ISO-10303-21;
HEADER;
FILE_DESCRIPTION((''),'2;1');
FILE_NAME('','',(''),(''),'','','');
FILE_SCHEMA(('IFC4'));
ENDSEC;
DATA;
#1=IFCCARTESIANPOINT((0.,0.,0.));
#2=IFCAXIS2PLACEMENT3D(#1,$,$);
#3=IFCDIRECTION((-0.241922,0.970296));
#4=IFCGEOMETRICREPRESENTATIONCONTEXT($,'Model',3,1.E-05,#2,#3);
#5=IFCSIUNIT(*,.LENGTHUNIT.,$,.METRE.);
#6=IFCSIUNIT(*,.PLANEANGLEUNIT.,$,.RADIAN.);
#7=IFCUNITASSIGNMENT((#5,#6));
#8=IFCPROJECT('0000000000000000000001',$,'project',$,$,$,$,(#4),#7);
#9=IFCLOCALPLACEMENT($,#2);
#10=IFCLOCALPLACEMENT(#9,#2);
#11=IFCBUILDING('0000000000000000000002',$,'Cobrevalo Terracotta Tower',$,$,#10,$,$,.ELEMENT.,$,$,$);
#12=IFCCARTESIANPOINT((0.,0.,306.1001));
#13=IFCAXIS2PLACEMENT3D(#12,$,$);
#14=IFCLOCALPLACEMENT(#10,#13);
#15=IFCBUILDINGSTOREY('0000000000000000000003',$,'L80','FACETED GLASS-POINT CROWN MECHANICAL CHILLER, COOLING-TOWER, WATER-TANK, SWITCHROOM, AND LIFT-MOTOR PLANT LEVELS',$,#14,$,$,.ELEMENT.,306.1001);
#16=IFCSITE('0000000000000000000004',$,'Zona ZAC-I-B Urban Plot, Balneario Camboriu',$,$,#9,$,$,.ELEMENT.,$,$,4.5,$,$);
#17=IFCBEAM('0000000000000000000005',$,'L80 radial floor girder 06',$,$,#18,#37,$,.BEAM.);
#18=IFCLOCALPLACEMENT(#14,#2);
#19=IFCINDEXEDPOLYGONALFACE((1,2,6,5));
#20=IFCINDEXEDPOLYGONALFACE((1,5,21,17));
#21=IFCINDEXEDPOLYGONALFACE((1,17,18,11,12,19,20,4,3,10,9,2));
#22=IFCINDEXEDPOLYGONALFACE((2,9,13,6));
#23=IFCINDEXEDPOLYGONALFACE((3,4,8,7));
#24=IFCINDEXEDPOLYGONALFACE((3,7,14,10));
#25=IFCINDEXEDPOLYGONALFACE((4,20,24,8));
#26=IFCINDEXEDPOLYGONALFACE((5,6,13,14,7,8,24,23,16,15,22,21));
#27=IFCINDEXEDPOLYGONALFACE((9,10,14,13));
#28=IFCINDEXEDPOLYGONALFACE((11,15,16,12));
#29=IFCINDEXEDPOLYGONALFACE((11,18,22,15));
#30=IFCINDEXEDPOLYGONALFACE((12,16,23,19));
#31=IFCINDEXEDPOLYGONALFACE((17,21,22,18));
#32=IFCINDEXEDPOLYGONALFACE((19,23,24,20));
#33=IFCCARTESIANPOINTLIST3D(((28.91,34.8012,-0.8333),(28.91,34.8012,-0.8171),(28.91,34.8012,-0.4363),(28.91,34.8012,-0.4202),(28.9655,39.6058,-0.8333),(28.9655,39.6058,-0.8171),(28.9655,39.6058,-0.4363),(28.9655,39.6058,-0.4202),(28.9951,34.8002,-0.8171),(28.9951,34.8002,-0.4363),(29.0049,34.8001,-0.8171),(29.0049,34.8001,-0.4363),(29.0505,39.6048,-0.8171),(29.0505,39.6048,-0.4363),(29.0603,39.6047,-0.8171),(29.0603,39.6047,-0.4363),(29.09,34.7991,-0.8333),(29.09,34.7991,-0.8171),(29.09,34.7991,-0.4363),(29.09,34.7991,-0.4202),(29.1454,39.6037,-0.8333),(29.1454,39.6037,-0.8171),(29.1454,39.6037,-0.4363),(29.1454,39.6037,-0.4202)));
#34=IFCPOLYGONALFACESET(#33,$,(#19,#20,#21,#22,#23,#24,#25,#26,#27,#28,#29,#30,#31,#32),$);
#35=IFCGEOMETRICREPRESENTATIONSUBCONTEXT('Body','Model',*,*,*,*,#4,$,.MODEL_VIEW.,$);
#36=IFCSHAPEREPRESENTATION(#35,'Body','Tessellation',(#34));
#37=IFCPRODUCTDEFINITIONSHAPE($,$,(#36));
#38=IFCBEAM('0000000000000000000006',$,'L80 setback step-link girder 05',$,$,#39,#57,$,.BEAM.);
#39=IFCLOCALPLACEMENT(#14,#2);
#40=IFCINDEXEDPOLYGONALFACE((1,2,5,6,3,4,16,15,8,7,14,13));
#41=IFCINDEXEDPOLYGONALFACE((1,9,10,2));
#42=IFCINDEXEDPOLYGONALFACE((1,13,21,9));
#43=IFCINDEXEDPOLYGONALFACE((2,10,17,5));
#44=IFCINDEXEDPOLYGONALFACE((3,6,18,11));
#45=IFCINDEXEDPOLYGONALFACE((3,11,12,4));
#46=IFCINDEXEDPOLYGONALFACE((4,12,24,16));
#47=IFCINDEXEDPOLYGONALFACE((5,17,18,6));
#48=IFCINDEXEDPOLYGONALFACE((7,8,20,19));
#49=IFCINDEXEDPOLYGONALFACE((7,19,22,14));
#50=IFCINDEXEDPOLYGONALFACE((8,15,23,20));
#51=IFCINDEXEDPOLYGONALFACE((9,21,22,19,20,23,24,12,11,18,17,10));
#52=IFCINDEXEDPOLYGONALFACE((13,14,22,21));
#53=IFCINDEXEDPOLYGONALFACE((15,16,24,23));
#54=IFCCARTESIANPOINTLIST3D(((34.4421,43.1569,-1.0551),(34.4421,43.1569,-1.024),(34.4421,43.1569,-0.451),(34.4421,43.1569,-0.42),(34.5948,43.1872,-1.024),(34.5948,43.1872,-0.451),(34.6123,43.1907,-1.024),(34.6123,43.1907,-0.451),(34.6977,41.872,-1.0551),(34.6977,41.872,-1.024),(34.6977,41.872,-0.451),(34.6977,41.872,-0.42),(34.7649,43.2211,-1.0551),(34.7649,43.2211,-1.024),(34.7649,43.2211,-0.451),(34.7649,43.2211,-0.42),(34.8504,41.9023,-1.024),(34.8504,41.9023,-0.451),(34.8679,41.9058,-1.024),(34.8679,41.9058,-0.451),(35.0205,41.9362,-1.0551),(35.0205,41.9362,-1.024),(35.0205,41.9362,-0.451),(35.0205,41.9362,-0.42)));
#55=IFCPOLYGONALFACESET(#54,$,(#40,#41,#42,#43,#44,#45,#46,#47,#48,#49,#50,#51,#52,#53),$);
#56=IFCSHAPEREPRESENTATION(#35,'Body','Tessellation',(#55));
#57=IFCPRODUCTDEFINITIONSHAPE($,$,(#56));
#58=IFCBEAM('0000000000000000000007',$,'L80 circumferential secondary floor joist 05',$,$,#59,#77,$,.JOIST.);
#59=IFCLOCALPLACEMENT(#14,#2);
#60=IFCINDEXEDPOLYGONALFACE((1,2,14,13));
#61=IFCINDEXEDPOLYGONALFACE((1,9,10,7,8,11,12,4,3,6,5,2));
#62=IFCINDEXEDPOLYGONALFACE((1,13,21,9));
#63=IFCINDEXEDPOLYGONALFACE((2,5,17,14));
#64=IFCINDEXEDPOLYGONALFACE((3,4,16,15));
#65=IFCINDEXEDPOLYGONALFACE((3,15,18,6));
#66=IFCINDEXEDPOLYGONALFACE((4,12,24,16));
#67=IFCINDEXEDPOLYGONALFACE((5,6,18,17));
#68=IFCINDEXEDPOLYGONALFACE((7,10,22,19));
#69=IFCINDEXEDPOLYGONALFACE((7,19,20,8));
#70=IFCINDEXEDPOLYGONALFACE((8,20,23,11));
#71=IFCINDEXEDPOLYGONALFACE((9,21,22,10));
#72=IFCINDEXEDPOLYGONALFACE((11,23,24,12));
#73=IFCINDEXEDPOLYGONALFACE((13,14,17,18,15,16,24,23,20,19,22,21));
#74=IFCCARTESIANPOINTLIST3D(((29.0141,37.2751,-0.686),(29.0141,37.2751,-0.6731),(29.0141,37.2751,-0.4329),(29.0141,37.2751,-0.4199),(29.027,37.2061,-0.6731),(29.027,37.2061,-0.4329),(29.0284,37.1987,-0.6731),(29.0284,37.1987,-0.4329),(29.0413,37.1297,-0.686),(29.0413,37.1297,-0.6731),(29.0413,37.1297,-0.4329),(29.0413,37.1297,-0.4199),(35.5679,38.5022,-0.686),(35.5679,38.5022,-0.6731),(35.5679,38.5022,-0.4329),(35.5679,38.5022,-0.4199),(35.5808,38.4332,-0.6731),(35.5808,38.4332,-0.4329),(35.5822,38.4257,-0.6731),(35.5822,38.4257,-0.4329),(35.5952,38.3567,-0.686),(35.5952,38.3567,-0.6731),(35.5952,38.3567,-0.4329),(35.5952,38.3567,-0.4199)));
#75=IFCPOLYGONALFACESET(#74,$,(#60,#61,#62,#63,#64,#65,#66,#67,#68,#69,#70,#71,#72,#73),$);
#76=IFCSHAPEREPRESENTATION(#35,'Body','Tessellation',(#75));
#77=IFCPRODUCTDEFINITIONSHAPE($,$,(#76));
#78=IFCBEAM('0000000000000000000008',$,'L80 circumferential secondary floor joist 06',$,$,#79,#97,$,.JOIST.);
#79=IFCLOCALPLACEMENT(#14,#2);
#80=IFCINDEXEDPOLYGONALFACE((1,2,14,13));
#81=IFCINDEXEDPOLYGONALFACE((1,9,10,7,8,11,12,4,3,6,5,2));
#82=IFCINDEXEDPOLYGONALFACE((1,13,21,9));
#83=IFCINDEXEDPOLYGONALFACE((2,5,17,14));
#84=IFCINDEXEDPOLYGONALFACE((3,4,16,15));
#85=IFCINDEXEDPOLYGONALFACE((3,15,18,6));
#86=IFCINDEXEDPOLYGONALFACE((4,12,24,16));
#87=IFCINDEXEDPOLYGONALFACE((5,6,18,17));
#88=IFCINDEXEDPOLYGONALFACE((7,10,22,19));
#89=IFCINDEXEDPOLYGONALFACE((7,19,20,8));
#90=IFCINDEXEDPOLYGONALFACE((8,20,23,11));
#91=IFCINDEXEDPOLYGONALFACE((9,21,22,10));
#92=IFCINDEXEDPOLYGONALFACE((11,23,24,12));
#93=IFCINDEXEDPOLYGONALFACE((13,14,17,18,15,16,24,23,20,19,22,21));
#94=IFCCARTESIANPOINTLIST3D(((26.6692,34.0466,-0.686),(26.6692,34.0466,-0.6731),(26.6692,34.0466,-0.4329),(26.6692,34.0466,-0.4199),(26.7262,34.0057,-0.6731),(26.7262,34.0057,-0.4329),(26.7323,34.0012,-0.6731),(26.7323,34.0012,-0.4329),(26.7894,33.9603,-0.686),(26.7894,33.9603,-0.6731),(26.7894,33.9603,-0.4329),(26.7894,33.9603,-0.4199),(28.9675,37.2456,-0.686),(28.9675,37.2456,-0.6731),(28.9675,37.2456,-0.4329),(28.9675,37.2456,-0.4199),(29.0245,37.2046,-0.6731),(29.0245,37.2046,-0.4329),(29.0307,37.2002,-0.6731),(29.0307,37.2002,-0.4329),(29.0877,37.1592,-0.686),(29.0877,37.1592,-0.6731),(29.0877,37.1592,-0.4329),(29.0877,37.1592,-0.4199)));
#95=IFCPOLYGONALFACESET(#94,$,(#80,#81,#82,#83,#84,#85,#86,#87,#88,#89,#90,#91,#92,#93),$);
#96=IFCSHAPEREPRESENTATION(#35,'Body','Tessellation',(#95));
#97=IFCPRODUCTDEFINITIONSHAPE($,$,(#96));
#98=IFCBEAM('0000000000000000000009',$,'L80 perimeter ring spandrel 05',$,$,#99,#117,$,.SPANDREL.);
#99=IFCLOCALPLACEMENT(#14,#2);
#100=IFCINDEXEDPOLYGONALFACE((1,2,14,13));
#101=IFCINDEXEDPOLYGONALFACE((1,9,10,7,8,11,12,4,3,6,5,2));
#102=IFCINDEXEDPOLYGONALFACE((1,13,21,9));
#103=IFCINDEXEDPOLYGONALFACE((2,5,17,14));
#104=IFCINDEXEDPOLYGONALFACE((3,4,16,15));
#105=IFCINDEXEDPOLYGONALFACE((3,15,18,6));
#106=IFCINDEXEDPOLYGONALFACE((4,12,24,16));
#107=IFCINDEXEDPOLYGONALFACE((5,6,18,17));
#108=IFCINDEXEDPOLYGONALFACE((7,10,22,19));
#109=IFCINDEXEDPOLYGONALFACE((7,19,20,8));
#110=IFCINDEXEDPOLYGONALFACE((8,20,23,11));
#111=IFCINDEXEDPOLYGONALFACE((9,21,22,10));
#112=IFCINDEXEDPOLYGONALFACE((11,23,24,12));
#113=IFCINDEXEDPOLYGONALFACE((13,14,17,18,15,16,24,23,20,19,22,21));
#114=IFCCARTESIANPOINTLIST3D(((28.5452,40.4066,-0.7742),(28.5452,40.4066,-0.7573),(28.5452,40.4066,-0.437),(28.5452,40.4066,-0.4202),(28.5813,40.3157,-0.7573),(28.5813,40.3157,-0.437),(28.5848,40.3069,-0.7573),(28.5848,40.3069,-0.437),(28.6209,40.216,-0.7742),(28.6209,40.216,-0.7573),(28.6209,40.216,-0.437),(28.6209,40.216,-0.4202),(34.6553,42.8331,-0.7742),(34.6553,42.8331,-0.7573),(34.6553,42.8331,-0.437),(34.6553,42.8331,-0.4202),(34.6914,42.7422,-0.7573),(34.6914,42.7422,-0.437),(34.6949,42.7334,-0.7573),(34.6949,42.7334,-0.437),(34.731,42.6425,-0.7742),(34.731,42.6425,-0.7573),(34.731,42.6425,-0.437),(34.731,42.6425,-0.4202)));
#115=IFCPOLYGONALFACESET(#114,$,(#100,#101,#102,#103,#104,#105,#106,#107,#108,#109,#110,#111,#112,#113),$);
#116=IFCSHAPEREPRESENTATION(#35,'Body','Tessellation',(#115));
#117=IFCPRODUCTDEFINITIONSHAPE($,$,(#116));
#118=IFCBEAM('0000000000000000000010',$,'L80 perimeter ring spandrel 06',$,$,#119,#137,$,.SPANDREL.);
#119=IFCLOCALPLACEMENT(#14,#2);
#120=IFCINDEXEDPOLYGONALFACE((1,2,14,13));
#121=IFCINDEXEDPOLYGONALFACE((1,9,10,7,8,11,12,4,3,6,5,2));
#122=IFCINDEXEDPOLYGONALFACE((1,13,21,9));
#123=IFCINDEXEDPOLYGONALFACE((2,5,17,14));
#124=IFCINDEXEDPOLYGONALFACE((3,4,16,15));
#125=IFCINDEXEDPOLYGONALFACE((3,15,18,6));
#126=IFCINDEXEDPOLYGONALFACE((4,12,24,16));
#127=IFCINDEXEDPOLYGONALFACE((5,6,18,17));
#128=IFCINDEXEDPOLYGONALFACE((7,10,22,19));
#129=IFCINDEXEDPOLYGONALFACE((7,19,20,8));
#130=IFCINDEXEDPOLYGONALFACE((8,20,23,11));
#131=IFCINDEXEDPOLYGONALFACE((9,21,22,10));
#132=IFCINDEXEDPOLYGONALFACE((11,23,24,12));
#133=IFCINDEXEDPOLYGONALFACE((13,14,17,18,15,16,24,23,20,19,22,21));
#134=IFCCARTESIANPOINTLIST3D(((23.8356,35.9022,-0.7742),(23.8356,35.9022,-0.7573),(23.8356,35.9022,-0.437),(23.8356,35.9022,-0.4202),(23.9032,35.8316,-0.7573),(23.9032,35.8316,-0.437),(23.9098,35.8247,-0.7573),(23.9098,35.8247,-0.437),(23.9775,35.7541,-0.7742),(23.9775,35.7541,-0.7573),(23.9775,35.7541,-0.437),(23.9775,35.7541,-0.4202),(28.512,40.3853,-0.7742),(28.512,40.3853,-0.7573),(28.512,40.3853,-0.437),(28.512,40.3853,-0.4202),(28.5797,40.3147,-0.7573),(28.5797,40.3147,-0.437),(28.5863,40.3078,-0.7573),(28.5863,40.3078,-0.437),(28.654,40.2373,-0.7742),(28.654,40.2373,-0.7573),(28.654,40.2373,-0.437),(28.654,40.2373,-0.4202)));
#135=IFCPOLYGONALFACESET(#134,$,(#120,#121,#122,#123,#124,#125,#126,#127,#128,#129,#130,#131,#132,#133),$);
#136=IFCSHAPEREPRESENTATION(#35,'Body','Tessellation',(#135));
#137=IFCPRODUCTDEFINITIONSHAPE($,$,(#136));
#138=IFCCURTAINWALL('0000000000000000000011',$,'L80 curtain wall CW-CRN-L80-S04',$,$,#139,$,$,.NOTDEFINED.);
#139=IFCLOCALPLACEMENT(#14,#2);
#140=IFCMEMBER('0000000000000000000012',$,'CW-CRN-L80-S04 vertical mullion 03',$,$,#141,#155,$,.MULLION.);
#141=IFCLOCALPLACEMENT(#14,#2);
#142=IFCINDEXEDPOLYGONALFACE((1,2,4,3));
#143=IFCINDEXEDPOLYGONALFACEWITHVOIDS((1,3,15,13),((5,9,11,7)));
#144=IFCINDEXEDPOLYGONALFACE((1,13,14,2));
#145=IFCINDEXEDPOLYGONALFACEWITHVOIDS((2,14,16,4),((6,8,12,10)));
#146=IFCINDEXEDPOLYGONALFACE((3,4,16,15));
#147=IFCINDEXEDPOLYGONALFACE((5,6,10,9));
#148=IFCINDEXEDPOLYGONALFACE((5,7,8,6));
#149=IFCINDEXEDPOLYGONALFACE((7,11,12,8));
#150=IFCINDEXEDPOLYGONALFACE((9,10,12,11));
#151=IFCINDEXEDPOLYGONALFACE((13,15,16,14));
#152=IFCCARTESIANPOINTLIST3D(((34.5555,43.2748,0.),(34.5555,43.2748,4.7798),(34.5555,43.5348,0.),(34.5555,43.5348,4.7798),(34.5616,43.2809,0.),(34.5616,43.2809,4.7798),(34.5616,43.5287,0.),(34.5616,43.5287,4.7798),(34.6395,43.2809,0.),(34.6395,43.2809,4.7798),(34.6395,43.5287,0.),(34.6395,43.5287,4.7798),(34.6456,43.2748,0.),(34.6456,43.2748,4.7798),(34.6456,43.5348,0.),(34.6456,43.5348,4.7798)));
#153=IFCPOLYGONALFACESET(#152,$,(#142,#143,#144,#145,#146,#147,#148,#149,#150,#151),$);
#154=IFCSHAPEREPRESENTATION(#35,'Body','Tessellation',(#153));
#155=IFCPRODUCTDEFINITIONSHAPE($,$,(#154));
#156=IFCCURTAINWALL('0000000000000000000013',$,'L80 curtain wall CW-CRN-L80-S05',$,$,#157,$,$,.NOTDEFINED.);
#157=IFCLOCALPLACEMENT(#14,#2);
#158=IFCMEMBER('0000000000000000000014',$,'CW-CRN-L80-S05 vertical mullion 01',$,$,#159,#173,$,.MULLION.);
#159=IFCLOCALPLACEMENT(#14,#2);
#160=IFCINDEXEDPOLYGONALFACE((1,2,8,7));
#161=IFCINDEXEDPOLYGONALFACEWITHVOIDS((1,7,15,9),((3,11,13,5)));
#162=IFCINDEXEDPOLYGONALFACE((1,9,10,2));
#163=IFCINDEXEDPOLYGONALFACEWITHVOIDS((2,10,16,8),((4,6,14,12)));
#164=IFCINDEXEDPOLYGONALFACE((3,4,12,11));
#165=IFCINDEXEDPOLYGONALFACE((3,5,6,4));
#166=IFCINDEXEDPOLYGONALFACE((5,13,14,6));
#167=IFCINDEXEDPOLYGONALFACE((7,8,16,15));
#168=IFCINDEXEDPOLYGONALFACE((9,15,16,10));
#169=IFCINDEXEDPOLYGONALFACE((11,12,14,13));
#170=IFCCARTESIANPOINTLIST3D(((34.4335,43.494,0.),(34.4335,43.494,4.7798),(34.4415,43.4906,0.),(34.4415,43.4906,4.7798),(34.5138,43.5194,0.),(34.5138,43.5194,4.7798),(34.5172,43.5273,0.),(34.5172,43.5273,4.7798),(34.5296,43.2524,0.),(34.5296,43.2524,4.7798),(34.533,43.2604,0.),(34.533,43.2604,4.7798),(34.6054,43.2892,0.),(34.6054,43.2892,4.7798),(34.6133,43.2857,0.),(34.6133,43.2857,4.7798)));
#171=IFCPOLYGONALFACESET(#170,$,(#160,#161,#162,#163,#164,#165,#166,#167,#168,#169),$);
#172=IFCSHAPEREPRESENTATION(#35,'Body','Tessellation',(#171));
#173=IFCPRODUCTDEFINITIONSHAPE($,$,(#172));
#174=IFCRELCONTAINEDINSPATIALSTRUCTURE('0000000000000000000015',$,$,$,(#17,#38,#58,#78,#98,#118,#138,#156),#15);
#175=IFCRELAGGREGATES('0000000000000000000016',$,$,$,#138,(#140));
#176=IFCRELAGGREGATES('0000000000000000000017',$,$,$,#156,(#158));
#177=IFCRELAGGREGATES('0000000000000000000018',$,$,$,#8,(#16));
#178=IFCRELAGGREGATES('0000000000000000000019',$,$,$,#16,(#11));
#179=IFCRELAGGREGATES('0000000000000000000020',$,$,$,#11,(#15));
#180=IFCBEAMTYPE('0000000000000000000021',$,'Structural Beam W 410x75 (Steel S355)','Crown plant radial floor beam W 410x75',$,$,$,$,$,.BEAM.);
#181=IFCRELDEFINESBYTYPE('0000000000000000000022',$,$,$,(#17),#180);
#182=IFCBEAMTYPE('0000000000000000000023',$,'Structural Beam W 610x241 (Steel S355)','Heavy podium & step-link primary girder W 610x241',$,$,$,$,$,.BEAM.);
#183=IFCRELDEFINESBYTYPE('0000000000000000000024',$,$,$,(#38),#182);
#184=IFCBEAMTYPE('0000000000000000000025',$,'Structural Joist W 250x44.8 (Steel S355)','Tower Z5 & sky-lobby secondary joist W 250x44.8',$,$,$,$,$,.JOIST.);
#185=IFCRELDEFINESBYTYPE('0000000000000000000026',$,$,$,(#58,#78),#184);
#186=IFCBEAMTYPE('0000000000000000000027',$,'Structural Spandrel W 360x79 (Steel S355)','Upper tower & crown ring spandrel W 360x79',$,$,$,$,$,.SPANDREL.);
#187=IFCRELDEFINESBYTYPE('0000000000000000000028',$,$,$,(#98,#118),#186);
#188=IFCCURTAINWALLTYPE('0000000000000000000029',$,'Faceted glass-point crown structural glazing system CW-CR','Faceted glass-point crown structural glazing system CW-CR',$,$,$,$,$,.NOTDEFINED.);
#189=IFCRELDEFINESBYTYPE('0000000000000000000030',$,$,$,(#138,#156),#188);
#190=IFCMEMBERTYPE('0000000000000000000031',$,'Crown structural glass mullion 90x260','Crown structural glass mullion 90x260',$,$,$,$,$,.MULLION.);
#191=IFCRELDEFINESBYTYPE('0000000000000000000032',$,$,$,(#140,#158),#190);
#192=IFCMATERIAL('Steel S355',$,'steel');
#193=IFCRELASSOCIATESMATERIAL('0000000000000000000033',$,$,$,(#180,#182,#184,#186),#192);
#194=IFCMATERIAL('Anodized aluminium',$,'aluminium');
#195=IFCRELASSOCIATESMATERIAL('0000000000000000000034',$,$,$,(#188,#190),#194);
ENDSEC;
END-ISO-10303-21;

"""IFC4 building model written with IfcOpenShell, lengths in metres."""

from ifc_helpers import new_model, si_unit, direction, frame, origin, origin_2d, place, context, subcontext, project, spatial, hollow_rectangle, i_section, extrude, source, transform, mapped, material, material_profile, profile_set, type_object, element, aggregate, save


model = new_model("IFC4")

# Units and contexts
model_context = context("Model", 3, precision=1e-05, world=origin(), true_north=direction((-0.241922, 0.970296)))
body_context = subcontext(model_context, "Body", "Model", "MODEL_VIEW")
ifc_project = project(units=[si_unit("LENGTHUNIT", "METRE"), si_unit("PLANEANGLEUNIT", "RADIAN")], contexts=[model_context])

# Site, building, storey
site_placement = place(None, origin())
site = spatial("IfcSite", under=ifc_project, at=site_placement, Name="Zona ZAC-I-B Urban Plot, Balneario Camboriu", CompositionType="ELEMENT", RefElevation=4.5)
building_placement = place(site_placement, origin())
building = spatial("IfcBuilding", under=site, at=building_placement, Name="Cobrevalo Terracotta Tower", CompositionType="ELEMENT")
storey_placement = place(building_placement, frame((0.0, 0.0, 306.1001)))
storey = spatial("IfcBuildingStorey", under=building, at=storey_placement, Name="L80", Description="FACETED GLASS-POINT CROWN MECHANICAL CHILLER, COOLING-TOWER, WATER-TANK, SWITCHROOM, AND LIFT-MOTOR PLANT LEVELS", CompositionType="ELEMENT", Elevation=306.1001)

# Shared definitions
ifc_material_1 = material(Name="Steel S355", Category="steel")

# Beams
ifc_material_profile_1 = material_profile(ifc_material_1, i_section(OverallWidth=0.1799, OverallDepth=0.4131, WebThickness=0.0098, FlangeThickness=0.0161, at=origin_2d()), Name="W 410x75")
ifc_profile_set_1 = profile_set([ifc_material_profile_1], Name="Steel S355")
beam_type_1 = type_object("IfcBeamType", Name="Structural Beam W 410x75 (Steel S355)", Description="Crown plant radial floor beam W 410x75", PredefinedType="BEAM", material=ifc_profile_set_1)
beam_1_placement = place(storey_placement, frame((29.0554, 39.6047, -0.6267), z_axis=(-0.011534, -0.999933, 0.0), x_axis=(0.999933, -0.011534, 0.0)))
element("IfcBeam", 1, at=beam_1_placement, inside=storey, type_object=beam_type_1, Name="L80 radial floor girder 06", PredefinedType="BEAM", context=body_context, shape_type="SweptSolid", body=[
    extrude(i_section(OverallWidth=0.1799, OverallDepth=0.4131, WebThickness=0.0098, FlangeThickness=0.0161, at=origin_2d()), origin(), (0.0, 0.0, 1.0), 4.8049),
])
ifc_material_profile_2 = material_profile(ifc_material_1, i_section(OverallWidth=0.3291, OverallDepth=0.635, WebThickness=0.0178, FlangeThickness=0.031, at=origin_2d()), Name="W 610x241")
ifc_profile_set_2 = profile_set([ifc_material_profile_2], Name="Steel S355")
beam_type_2 = type_object("IfcBeamType", Name="Structural Beam W 610x241 (Steel S355)", Description="Heavy podium & step-link primary girder W 610x241", PredefinedType="BEAM", material=ifc_profile_set_2)
beam_2_placement = place(storey_placement, frame((34.6035, 43.189, -0.7375), z_axis=(0.195113, -0.980781, 0.0), x_axis=(0.980781, 0.195113, 0.0)))
element("IfcBeam", 2, at=beam_2_placement, inside=storey, type_object=beam_type_2, Name="L80 setback step-link girder 05", PredefinedType="BEAM", context=body_context, shape_type="SweptSolid", body=[
    extrude(i_section(OverallWidth=0.3291, OverallDepth=0.635, WebThickness=0.0178, FlangeThickness=0.031, at=origin_2d()), origin(), (0.0, 0.0, 1.0), 1.3101),
])
ifc_material_profile_3 = material_profile(ifc_material_1, i_section(OverallWidth=0.1479, OverallDepth=0.2661, WebThickness=0.0076, FlangeThickness=0.0129, at=origin_2d()), Name="W 250x44.8")
ifc_profile_set_3 = profile_set([ifc_material_profile_3], Name="Steel S355")
beam_type_3 = type_object("IfcBeamType", Name="Structural Joist W 250x44.8 (Steel S355)", Description="Tower Z5 & sky-lobby secondary joist W 250x44.8", PredefinedType="JOIST", material=ifc_profile_set_3)
beam_3_placement = place(storey_placement, frame((35.5815, 38.4294, -0.553), z_axis=(-0.982921, -0.184025, 0.0), x_axis=(0.184025, -0.982921, 0.0)))
element("IfcBeam", 3, at=beam_3_placement, inside=storey, type_object=beam_type_3, Name="L80 circumferential secondary floor joist 05", PredefinedType="JOIST", context=body_context, shape_type="SweptSolid", body=[
    extrude(i_section(OverallWidth=0.1479, OverallDepth=0.2661, WebThickness=0.0076, FlangeThickness=0.0129, at=origin_2d()), origin(), (0.0, 0.0, 1.0), 6.6677),
])
beam_4_placement = place(storey_placement, frame((29.0276, 37.2024, -0.553), z_axis=(-0.583482, -0.812126, 0.0), x_axis=(0.812126, -0.583482, 0.0)))
element("IfcBeam", 4, at=beam_4_placement, inside=storey, type_object=beam_type_3, Name="L80 circumferential secondary floor joist 06", PredefinedType="JOIST", context=body_context, shape_type="SweptSolid", body=[
    extrude(i_section(OverallWidth=0.1479, OverallDepth=0.2661, WebThickness=0.0076, FlangeThickness=0.0129, at=origin_2d()), origin(), (0.0, 0.0, 1.0), 3.939),
])
ifc_material_profile_4 = material_profile(ifc_material_1, i_section(OverallWidth=0.2051, OverallDepth=0.354, WebThickness=0.0095, FlangeThickness=0.0168, at=origin_2d()), Name="W 360x79")
ifc_profile_set_4 = profile_set([ifc_material_profile_4], Name="Steel S355")
beam_type_4 = type_object("IfcBeamType", Name="Structural Spandrel W 360x79 (Steel S355)", Description="Upper tower & crown ring spandrel W 360x79", PredefinedType="SPANDREL", material=ifc_profile_set_4)
beam_5_placement = place(storey_placement, frame((34.6931, 42.7378, -0.5972), z_axis=(-0.929393, -0.369091, 0.0), x_axis=(0.369091, -0.929393, 0.0)))
element("IfcBeam", 5, at=beam_5_placement, inside=storey, type_object=beam_type_4, Name="L80 perimeter ring spandrel 05", PredefinedType="SPANDREL", context=body_context, shape_type="SweptSolid", body=[
    extrude(i_section(OverallWidth=0.2051, OverallDepth=0.354, WebThickness=0.0095, FlangeThickness=0.0168, at=origin_2d()), origin(), (0.0, 0.0, 1.0), 6.5742),
])
beam_6_placement = place(storey_placement, frame((28.583, 40.3113, -0.5972), z_axis=(-0.721873, -0.692026, 0.0), x_axis=(0.692026, -0.721873, 0.0)))
element("IfcBeam", 6, at=beam_6_placement, inside=storey, type_object=beam_type_4, Name="L80 perimeter ring spandrel 06", PredefinedType="SPANDREL", context=body_context, shape_type="SweptSolid", body=[
    extrude(i_section(OverallWidth=0.2051, OverallDepth=0.354, WebThickness=0.0095, FlangeThickness=0.0168, at=origin_2d()), origin(), (0.0, 0.0, 1.0), 6.4783),
])

# Curtain wall, member
ifc_material_2 = material(Name="Anodized aluminium", Category="aluminium")
curtain_wall_type = type_object("IfcCurtainWallType", Name="Faceted glass-point crown structural glazing system CW-CR", Description="Faceted glass-point crown structural glazing system CW-CR", PredefinedType="NOTDEFINED", material=ifc_material_2)
curtain_wall_1_placement = place(storey_placement, origin())
curtain_wall_1 = element("IfcCurtainWall", 7, at=curtain_wall_1_placement, inside=storey, type_object=curtain_wall_type, Name="L80 curtain wall CW-CRN-L80-S04", PredefinedType="NOTDEFINED")
ifc_material_profile_5 = material_profile(ifc_material_2, hollow_rectangle(XDim=0.0901, YDim=0.26, WallThickness=0.0061, at=origin_2d()), Name="CWM 90x260")
ifc_profile_set_5 = profile_set([ifc_material_profile_5], Name="Anodized aluminium")
member_type_1 = type_object("IfcMemberType", Name="Crown structural glass mullion 90x260", Description="Crown structural glass mullion 90x260", PredefinedType="MULLION", material=ifc_profile_set_5)
shared_shape_1 = source(origin(), body_context, "Body", "SweptSolid", [
    extrude(hollow_rectangle(XDim=0.0901, YDim=0.26, WallThickness=0.0061, at=origin_2d()), origin(), (0.0, 0.0, 1.0), 4.7798),
])
member_1_placement = place(storey_placement, frame((34.6006, 43.4048, 0.0), z_axis=(0.0, 0.0, 1.0), x_axis=(-1.0, 0.0, 0.0)))
member_1 = element("IfcMember", 8, at=member_1_placement, type_object=member_type_1, Name="CW-CRN-L80-S04 vertical mullion 03", PredefinedType="MULLION", context=body_context, shape_type="MappedRepresentation", body=[
    mapped(shared_shape_1, transform((0.0, 0.0, 0.0), scale=1.0)),
])
aggregate(curtain_wall_1, [member_1])

# Curtain wall, member
curtain_wall_2_placement = place(storey_placement, origin())
curtain_wall_2 = element("IfcCurtainWall", 9, at=curtain_wall_2_placement, inside=storey, type_object=curtain_wall_type, Name="L80 curtain wall CW-CRN-L80-S05", PredefinedType="NOTDEFINED")
member_2_placement = place(storey_placement, frame((34.5234, 43.3899, 0.0), z_axis=(0.0, 0.0, 1.0), x_axis=(-0.929191, -0.369601, 0.0)))
member_2 = element("IfcMember", 10, at=member_2_placement, type_object=member_type_1, Name="CW-CRN-L80-S05 vertical mullion 01", PredefinedType="MULLION", context=body_context, shape_type="MappedRepresentation", body=[
    mapped(shared_shape_1, transform((0.0, 0.0, 0.0), scale=1.0)),
])

aggregate(curtain_wall_2, [member_2])

save(model, "model.ifc")
